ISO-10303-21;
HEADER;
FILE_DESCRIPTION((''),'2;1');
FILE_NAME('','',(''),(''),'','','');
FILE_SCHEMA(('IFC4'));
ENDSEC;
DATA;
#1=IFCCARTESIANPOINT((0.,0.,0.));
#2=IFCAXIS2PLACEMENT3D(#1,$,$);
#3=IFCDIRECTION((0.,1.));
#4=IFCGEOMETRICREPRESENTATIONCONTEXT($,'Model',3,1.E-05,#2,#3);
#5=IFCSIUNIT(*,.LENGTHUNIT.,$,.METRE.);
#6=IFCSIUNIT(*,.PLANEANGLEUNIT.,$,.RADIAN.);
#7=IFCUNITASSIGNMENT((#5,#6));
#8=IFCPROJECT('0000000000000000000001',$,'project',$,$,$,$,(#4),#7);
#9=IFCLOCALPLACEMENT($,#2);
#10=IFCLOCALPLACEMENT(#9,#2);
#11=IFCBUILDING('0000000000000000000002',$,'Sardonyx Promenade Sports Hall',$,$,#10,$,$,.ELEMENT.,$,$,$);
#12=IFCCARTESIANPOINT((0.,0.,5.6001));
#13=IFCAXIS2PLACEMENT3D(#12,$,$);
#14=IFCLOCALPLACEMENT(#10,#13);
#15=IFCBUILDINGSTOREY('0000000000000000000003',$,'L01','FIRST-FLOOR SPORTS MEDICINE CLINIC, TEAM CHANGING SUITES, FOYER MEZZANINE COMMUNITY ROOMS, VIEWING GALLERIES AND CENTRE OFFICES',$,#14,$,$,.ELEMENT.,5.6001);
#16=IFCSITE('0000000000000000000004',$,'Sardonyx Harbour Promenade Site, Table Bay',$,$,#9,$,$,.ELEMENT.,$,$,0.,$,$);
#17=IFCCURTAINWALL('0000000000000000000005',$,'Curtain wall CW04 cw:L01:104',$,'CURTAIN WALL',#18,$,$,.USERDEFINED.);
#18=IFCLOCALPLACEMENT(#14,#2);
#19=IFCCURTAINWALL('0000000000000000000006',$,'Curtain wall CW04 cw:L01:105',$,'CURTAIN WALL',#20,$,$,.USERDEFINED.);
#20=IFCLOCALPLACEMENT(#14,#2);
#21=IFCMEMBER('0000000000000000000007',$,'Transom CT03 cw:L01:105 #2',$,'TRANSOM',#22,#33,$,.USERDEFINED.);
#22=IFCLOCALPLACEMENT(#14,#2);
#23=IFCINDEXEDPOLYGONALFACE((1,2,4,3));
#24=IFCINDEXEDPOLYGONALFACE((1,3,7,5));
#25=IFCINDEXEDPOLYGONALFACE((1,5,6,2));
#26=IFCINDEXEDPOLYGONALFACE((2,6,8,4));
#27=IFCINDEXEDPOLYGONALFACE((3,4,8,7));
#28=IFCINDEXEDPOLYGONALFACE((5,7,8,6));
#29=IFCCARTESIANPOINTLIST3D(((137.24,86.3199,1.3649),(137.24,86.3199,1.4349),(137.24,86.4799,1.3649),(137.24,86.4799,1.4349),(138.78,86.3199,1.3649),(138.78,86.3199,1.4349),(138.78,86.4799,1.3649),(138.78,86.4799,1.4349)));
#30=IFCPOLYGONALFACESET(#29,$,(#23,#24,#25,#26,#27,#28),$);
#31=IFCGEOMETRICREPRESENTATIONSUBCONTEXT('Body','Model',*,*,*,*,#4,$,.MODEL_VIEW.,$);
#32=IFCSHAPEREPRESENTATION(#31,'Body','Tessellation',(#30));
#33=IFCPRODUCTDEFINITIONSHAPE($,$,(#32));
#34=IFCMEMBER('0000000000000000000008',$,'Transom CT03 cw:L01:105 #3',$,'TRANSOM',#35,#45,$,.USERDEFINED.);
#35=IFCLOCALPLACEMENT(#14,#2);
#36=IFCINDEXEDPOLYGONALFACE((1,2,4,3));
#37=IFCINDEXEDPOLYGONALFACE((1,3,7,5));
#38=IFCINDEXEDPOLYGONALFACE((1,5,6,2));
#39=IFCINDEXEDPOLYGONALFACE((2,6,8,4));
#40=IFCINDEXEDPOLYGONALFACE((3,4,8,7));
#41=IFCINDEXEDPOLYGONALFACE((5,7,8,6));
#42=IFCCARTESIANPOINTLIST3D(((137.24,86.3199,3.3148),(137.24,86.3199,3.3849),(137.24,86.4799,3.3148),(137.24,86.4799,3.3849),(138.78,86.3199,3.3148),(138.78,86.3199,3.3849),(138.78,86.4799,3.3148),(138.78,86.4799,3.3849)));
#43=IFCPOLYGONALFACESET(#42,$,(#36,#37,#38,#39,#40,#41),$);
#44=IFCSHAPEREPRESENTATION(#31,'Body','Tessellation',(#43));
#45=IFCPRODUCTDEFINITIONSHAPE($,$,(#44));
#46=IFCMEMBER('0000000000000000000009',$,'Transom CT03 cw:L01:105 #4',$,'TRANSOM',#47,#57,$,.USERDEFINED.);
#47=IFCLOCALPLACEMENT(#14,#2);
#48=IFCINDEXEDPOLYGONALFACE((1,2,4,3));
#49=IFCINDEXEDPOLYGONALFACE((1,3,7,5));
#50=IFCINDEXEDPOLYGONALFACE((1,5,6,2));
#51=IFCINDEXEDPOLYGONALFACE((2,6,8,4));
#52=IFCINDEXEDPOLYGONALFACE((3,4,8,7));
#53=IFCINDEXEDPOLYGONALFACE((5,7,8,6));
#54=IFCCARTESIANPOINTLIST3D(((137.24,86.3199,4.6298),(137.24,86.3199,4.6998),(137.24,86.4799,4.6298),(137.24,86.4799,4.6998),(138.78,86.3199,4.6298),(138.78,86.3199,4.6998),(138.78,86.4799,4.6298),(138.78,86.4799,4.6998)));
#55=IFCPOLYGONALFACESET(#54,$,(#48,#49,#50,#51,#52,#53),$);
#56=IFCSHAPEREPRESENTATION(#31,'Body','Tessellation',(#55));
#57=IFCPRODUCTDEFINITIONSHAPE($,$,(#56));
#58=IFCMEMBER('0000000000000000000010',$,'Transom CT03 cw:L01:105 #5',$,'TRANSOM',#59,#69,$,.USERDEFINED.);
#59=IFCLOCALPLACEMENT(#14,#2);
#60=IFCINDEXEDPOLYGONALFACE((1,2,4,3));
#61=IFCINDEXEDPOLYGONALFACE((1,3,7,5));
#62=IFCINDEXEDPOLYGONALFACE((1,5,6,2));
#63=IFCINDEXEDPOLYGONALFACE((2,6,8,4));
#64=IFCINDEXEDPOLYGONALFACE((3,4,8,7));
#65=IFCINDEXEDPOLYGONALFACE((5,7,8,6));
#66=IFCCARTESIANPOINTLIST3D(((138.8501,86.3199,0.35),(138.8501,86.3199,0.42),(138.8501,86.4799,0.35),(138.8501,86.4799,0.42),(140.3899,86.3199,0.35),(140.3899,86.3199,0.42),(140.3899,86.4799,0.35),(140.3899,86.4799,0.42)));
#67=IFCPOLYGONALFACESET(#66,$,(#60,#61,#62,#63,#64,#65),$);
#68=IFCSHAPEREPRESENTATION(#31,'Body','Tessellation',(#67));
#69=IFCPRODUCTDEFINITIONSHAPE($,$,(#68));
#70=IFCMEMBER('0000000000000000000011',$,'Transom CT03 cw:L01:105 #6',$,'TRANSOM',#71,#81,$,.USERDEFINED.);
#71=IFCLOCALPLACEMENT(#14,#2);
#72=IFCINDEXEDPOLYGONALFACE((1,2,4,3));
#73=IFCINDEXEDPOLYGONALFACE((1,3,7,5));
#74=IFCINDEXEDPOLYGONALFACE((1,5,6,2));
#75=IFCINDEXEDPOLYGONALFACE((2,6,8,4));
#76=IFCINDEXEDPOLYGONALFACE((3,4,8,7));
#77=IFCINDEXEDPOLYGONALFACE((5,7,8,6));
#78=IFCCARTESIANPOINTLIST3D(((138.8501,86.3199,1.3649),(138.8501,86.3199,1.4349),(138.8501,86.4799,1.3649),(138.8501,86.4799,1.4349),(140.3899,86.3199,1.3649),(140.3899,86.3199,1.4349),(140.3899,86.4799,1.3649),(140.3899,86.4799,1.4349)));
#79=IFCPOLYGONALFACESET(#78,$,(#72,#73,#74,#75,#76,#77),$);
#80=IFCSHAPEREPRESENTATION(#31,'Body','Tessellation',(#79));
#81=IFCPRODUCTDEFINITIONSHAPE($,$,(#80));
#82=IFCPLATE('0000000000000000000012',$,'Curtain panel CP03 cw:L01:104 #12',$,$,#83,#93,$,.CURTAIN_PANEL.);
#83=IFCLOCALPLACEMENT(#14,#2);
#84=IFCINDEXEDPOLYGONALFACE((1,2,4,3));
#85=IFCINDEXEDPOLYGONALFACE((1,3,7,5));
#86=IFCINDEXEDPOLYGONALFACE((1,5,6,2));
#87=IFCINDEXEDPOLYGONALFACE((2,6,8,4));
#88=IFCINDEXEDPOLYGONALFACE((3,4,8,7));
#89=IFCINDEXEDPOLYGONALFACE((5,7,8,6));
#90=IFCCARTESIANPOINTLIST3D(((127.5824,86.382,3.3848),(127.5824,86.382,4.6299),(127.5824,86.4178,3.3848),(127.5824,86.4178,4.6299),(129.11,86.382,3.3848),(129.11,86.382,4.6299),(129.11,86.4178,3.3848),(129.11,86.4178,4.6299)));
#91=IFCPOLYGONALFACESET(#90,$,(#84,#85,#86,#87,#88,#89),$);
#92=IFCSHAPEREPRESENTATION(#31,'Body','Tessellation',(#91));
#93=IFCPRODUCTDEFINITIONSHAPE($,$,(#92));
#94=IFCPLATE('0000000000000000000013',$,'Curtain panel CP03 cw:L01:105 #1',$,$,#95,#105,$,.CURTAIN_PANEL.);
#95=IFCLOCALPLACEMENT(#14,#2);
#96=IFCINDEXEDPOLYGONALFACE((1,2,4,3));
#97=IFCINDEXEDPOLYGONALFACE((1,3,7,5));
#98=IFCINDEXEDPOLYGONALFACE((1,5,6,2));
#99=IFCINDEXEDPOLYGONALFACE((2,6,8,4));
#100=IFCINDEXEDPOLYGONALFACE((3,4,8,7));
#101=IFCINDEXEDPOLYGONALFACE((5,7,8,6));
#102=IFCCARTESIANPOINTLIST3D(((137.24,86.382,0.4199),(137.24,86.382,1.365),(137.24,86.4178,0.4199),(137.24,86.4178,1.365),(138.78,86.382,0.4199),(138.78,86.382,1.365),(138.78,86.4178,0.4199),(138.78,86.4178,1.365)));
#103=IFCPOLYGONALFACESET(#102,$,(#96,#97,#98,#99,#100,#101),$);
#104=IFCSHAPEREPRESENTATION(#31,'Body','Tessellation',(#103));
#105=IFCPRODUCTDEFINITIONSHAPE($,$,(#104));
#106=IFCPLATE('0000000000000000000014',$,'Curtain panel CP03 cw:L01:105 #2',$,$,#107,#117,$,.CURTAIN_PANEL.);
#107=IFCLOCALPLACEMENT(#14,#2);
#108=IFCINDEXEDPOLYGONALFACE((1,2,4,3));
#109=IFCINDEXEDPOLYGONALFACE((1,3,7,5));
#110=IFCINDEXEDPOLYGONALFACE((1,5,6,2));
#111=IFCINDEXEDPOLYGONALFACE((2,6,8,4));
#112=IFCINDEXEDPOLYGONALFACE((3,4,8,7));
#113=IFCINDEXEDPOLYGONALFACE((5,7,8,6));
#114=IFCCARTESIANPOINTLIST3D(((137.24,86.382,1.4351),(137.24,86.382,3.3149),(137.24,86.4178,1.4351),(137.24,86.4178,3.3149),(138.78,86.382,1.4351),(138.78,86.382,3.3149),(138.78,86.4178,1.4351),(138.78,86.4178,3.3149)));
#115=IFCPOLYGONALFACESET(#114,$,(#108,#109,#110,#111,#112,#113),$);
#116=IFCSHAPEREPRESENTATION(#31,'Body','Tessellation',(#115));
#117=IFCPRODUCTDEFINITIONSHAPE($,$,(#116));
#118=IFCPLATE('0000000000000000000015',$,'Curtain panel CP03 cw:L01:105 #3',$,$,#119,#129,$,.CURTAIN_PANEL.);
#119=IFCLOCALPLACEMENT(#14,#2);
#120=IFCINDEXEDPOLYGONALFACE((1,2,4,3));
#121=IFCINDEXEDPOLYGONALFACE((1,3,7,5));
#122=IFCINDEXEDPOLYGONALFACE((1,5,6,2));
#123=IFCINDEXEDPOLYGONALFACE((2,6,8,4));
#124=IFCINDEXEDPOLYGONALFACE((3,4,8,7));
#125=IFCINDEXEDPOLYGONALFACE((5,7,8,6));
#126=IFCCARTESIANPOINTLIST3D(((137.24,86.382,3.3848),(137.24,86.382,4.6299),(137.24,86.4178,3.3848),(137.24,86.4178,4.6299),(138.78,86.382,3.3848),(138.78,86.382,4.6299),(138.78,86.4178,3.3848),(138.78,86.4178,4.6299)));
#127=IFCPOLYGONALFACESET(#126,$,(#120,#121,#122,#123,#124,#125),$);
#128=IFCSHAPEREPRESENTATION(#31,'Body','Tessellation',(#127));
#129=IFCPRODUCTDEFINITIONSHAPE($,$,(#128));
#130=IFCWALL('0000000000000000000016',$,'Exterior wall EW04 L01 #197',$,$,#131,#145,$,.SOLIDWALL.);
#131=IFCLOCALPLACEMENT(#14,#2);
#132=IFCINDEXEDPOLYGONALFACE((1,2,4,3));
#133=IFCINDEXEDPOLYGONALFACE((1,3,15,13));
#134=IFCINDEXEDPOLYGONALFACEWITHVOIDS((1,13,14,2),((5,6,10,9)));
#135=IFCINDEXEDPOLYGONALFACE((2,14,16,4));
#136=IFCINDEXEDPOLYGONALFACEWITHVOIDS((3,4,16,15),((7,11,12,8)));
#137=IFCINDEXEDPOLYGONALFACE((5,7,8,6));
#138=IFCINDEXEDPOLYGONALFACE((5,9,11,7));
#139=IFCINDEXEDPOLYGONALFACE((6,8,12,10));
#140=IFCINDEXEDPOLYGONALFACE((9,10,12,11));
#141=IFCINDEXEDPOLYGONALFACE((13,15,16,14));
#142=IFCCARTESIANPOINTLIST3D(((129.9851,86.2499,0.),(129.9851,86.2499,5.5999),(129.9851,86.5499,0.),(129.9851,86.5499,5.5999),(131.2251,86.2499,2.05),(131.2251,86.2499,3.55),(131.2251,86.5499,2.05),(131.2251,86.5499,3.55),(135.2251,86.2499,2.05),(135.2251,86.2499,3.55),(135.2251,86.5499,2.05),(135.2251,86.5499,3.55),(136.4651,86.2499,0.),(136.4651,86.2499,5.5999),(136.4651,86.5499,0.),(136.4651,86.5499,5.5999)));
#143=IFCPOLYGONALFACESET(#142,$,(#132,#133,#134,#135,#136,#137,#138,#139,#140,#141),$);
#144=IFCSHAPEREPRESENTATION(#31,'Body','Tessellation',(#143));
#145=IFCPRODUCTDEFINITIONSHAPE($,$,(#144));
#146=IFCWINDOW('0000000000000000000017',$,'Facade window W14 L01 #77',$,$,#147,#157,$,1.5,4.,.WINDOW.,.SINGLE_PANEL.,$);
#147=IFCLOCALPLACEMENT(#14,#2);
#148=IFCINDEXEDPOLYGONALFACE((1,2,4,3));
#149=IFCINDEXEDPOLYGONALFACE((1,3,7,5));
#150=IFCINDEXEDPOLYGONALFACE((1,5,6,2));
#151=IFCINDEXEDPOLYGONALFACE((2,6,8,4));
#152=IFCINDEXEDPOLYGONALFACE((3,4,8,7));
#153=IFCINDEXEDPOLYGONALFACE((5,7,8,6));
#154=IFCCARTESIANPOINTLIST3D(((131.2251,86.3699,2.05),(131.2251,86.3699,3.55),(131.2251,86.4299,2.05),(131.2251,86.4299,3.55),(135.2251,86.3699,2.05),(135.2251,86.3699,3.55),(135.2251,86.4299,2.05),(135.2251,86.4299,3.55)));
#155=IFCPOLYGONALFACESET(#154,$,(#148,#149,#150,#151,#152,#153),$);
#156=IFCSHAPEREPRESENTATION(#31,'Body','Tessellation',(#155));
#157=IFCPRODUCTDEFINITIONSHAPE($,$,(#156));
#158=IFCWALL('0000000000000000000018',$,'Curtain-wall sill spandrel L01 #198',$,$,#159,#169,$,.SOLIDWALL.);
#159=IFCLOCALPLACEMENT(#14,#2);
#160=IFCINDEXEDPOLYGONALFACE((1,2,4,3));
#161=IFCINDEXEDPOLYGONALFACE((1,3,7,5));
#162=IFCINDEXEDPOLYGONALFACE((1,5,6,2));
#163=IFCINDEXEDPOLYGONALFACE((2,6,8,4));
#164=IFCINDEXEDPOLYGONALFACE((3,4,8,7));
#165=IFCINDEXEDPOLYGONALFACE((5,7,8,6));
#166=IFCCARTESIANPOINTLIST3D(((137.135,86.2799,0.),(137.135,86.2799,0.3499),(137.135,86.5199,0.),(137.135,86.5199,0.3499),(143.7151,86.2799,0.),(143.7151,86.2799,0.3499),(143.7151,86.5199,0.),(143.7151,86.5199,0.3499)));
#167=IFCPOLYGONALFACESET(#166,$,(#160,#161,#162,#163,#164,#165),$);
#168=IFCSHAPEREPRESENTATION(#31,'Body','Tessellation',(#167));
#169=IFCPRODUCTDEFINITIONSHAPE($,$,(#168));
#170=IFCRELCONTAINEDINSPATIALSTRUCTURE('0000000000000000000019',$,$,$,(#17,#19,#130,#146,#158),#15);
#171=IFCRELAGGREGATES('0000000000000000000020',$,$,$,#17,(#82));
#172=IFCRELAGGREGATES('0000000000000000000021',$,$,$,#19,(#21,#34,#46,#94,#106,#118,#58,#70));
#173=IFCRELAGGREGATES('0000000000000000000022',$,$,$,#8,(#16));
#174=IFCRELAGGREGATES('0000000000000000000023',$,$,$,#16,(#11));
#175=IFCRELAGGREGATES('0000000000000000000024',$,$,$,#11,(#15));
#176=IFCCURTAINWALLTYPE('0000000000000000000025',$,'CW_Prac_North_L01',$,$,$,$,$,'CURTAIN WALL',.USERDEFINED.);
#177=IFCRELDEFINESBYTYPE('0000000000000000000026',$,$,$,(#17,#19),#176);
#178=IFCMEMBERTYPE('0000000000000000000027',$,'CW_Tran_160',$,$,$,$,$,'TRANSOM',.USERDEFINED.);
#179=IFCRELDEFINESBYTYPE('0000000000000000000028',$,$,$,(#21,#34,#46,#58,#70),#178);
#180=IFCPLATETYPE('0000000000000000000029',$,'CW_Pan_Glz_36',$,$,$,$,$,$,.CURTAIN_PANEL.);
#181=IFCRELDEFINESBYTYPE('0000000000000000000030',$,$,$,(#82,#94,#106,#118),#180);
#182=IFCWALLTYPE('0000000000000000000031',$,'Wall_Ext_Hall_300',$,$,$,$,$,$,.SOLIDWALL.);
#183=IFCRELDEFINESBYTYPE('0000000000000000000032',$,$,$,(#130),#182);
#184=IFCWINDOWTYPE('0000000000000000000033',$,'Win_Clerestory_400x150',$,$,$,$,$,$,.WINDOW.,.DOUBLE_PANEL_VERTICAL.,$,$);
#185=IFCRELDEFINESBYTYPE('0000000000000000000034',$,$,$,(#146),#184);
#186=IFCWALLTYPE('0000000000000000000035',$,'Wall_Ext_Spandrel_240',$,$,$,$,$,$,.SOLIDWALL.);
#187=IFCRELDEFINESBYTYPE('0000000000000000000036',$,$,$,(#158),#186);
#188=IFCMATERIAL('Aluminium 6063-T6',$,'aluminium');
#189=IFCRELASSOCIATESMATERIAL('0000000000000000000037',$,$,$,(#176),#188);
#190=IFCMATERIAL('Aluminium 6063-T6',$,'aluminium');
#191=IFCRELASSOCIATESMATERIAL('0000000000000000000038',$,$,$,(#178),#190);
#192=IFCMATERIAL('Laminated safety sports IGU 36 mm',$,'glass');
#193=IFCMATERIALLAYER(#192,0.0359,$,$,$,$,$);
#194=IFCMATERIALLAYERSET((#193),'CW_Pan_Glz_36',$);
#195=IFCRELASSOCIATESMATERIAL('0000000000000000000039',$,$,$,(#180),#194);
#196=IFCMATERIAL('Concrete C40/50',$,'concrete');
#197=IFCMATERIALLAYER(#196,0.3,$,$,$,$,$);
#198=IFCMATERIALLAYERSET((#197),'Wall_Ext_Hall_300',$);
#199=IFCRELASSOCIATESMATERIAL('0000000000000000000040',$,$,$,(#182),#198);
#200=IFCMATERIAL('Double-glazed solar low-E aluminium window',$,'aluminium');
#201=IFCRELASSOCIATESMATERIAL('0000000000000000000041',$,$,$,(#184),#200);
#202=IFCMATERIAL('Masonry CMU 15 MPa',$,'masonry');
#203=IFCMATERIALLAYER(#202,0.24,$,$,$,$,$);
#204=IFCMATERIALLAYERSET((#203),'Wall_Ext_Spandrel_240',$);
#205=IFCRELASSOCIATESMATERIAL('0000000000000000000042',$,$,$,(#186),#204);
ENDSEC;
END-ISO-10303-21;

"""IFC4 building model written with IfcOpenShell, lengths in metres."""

from ifc_helpers import new_model, si_unit, direction, frame, frame_2d, origin, origin_2d, place, context, subcontext, project, spatial, rectangle, extrude, material, layer, layer_set, material_profile, profile_set, type_object, element, fill, aggregate, save


model = new_model("IFC4")

# Units and contexts
model_context = context("Model", 3, precision=1e-05, world=origin(), true_north=direction((0.0, 1.0)))
body_context = subcontext(model_context, "Body", "Model", "MODEL_VIEW")
ifc_project = project(units=[si_unit("LENGTHUNIT", "METRE"), si_unit("PLANEANGLEUNIT", "RADIAN")], contexts=[model_context])

# Site, building, storey
site_placement = place(None, origin())
site = spatial("IfcSite", under=ifc_project, at=site_placement, Name="Sardonyx Harbour Promenade Site, Table Bay", CompositionType="ELEMENT", RefElevation=0.0)
building_placement = place(site_placement, origin())
building = spatial("IfcBuilding", under=site, at=building_placement, Name="Sardonyx Promenade Sports Hall", CompositionType="ELEMENT")
storey_placement = place(building_placement, frame((0.0, 0.0, 5.6001)))
storey = spatial("IfcBuildingStorey", under=building, at=storey_placement, Name="L01", Description="FIRST-FLOOR SPORTS MEDICINE CLINIC, TEAM CHANGING SUITES, FOYER MEZZANINE COMMUNITY ROOMS, VIEWING GALLERIES AND CENTRE OFFICES", CompositionType="ELEMENT", Elevation=5.6001)

# Curtain wall
ifc_material_1 = material(Name="Aluminium 6063-T6", Category="aluminium")
curtain_wall_type = type_object("IfcCurtainWallType", Name="CW_Prac_North_L01", ElementType="CURTAIN WALL", PredefinedType="USERDEFINED", material=ifc_material_1)
curtain_wall_1_placement = place(storey_placement, origin())
curtain_wall_1 = element("IfcCurtainWall", 1, at=curtain_wall_1_placement, inside=storey, type_object=curtain_wall_type, Name="Curtain wall CW04 cw:L01:104", ObjectType="CURTAIN WALL", PredefinedType="USERDEFINED")

# Curtain wall, members
curtain_wall_2_placement = place(storey_placement, origin())
curtain_wall_2 = element("IfcCurtainWall", 2, at=curtain_wall_2_placement, inside=storey, type_object=curtain_wall_type, Name="Curtain wall CW04 cw:L01:105", ObjectType="CURTAIN WALL", PredefinedType="USERDEFINED")
ifc_material_2 = material(Name="Aluminium 6063-T6", Category="aluminium")
ifc_material_profile_1 = material_profile(ifc_material_2, rectangle(XDim=0.0701, YDim=0.1599, at=origin_2d()))
ifc_profile_set_1 = profile_set([ifc_material_profile_1], Name="Aluminium 6063-T6")
member_type_1 = type_object("IfcMemberType", Name="CW_Tran_160", ElementType="TRANSOM", PredefinedType="USERDEFINED", material=ifc_profile_set_1)
member_1_placement = place(storey_placement, frame((137.24, 86.3999, 1.3999), z_axis=(1.0, 0.0, 0.0), x_axis=(0.0, 0.0, 1.0)))
member_1 = element("IfcMember", 3, at=member_1_placement, type_object=member_type_1, Name="Transom CT03 cw:L01:105 #2", ObjectType="TRANSOM", PredefinedType="USERDEFINED", context=body_context, shape_type="SweptSolid", body=[
    extrude(rectangle(XDim=0.0701, YDim=0.1599, at=origin_2d()), origin(), (0.0, 0.0, 1.0), 1.54),
])
member_2_placement = place(storey_placement, frame((137.24, 86.3999, 3.3499), z_axis=(1.0, 0.0, 0.0), x_axis=(0.0, 0.0, 1.0)))
member_2 = element("IfcMember", 4, at=member_2_placement, type_object=member_type_1, Name="Transom CT03 cw:L01:105 #3", ObjectType="TRANSOM", PredefinedType="USERDEFINED", context=body_context, shape_type="SweptSolid", body=[
    extrude(rectangle(XDim=0.0701, YDim=0.1599, at=origin_2d()), origin(), (0.0, 0.0, 1.0), 1.54),
])
member_3_placement = place(storey_placement, frame((137.24, 86.3999, 4.6648), z_axis=(1.0, 0.0, 0.0), x_axis=(0.0, 0.0, 1.0)))
member_3 = element("IfcMember", 5, at=member_3_placement, type_object=member_type_1, Name="Transom CT03 cw:L01:105 #4", ObjectType="TRANSOM", PredefinedType="USERDEFINED", context=body_context, shape_type="SweptSolid", body=[
    extrude(rectangle(XDim=0.0701, YDim=0.1599, at=origin_2d()), origin(), (0.0, 0.0, 1.0), 1.54),
])
member_4_placement = place(storey_placement, frame((138.8501, 86.3999, 0.385), z_axis=(1.0, 0.0, 0.0), x_axis=(0.0, 0.0, 1.0)))
member_4 = element("IfcMember", 6, at=member_4_placement, type_object=member_type_1, Name="Transom CT03 cw:L01:105 #5", ObjectType="TRANSOM", PredefinedType="USERDEFINED", context=body_context, shape_type="SweptSolid", body=[
    extrude(rectangle(XDim=0.0701, YDim=0.1599, at=origin_2d()), origin(), (0.0, 0.0, 1.0), 1.5398),
])
member_5_placement = place(storey_placement, frame((138.8501, 86.3999, 1.3999), z_axis=(1.0, 0.0, 0.0), x_axis=(0.0, 0.0, 1.0)))
member_5 = element("IfcMember", 7, at=member_5_placement, type_object=member_type_1, Name="Transom CT03 cw:L01:105 #6", ObjectType="TRANSOM", PredefinedType="USERDEFINED", context=body_context, shape_type="SweptSolid", body=[
    extrude(rectangle(XDim=0.0701, YDim=0.1599, at=origin_2d()), origin(), (0.0, 0.0, 1.0), 1.5398),
])

# Plates
ifc_material_3 = material(Name="Laminated safety sports IGU 36 mm", Category="glass")
ifc_layer_1 = layer(ifc_material_3, 0.0359)
ifc_layer_set_1 = layer_set([ifc_layer_1], Name="CW_Pan_Glz_36")
plate_type = type_object("IfcPlateType", Name="CW_Pan_Glz_36", PredefinedType="CURTAIN_PANEL", material=ifc_layer_set_1)
plate_1_placement = place(storey_placement, frame((128.3462, 86.3999, 3.3848), z_axis=(0.0, 0.0, 1.0), x_axis=(1.0, 0.0, 0.0)))
plate_1 = element("IfcPlate", 8, at=plate_1_placement, type_object=plate_type, Name="Curtain panel CP03 cw:L01:104 #12", PredefinedType="CURTAIN_PANEL", context=body_context, shape_type="SweptSolid", body=[
    extrude(rectangle(XDim=1.5276, YDim=0.0359, at=origin_2d()), origin(), (0.0, 0.0, 1.0), 1.2451),
])
aggregate(curtain_wall_1, [plate_1])
plate_2_placement = place(storey_placement, frame((138.01, 86.3999, 0.4199), z_axis=(0.0, 0.0, 1.0), x_axis=(1.0, 0.0, 0.0)))
plate_2 = element("IfcPlate", 9, at=plate_2_placement, type_object=plate_type, Name="Curtain panel CP03 cw:L01:105 #1", PredefinedType="CURTAIN_PANEL", context=body_context, shape_type="SweptSolid", body=[
    extrude(rectangle(XDim=1.54, YDim=0.0359, at=origin_2d()), origin(), (0.0, 0.0, 1.0), 0.9451),
])
plate_3_placement = place(storey_placement, frame((138.01, 86.3999, 1.4351), z_axis=(0.0, 0.0, 1.0), x_axis=(1.0, 0.0, 0.0)))
plate_3 = element("IfcPlate", 10, at=plate_3_placement, type_object=plate_type, Name="Curtain panel CP03 cw:L01:105 #2", PredefinedType="CURTAIN_PANEL", context=body_context, shape_type="SweptSolid", body=[
    extrude(rectangle(XDim=1.54, YDim=0.0359, at=origin_2d()), origin(), (0.0, 0.0, 1.0), 1.8799),
])
plate_4_placement = place(storey_placement, frame((138.01, 86.3999, 3.3848), z_axis=(0.0, 0.0, 1.0), x_axis=(1.0, 0.0, 0.0)))
plate_4 = element("IfcPlate", 11, at=plate_4_placement, type_object=plate_type, Name="Curtain panel CP03 cw:L01:105 #3", PredefinedType="CURTAIN_PANEL", context=body_context, shape_type="SweptSolid", body=[
    extrude(rectangle(XDim=1.54, YDim=0.0359, at=origin_2d()), origin(), (0.0, 0.0, 1.0), 1.2451),
])
aggregate(curtain_wall_2, [member_1, member_2, member_3, plate_2, plate_3, plate_4, member_4, member_5])

# Wall, opening, window
ifc_material_4 = material(Name="Concrete C40/50", Category="concrete")
ifc_layer_2 = layer(ifc_material_4, 0.3)
ifc_layer_set_2 = layer_set([ifc_layer_2], Name="Wall_Ext_Hall_300")
wall_type_1 = type_object("IfcWallType", Name="Wall_Ext_Hall_300", PredefinedType="SOLIDWALL", material=ifc_layer_set_2)
wall_1_placement = place(storey_placement, frame((129.9851, 86.3999, 0.0), z_axis=(0.0, 0.0, 1.0), x_axis=(1.0, 0.0, 0.0)))
wall_1 = element("IfcWall", 12, at=wall_1_placement, inside=storey, type_object=wall_type_1, Name="Exterior wall EW04 L01 #197", PredefinedType="SOLIDWALL", context=body_context, shape_type="SweptSolid", body=[
    extrude(rectangle(XDim=6.48, YDim=0.3, at=frame_2d((3.24, 0.0))), origin(), (0.0, 0.0, 1.0), 5.5999),
])
opening_1_placement = place(wall_1_placement, frame((1.24, 0.0, 2.05)))
opening_1 = element("IfcOpeningElement", 13, at=opening_1_placement, cuts=wall_1, PredefinedType="OPENING", context=body_context, shape_type="SweptSolid", body=[
    extrude(rectangle(XDim=4.0, YDim=1.5, at=frame_2d((2.0, 0.75))), frame((0.0, 0.16, 0.0), z_axis=(0.0, -1.0, 0.0), x_axis=(1.0, 0.0, 0.0)), (0.0, 0.0, 1.0), 0.32),
])
ifc_material_5 = material(Name="Double-glazed solar low-E aluminium window", Category="aluminium")
window_type_1 = type_object("IfcWindowType", Name="Win_Clerestory_400x150", PartitioningType="DOUBLE_PANEL_VERTICAL", PredefinedType="WINDOW", material=ifc_material_5)
window_1_placement = place(opening_1_placement, origin())
window_1 = element("IfcWindow", 14, at=window_1_placement, inside=storey, type_object=window_type_1, Name="Facade window W14 L01 #77", OverallHeight=1.5, OverallWidth=4.0, PartitioningType="SINGLE_PANEL", PredefinedType="WINDOW", context=body_context, shape_type="SweptSolid", body=[
    extrude(rectangle(XDim=4.0, YDim=1.5, at=frame_2d((2.0, 0.75))), frame((0.0, 0.03, 0.0), z_axis=(0.0, -1.0, 0.0), x_axis=(1.0, 0.0, 0.0)), (0.0, 0.0, 1.0), 0.0601),
])
fill(opening_1, window_1)

# Wall
ifc_material_6 = material(Name="Masonry CMU 15 MPa", Category="masonry")
ifc_layer_3 = layer(ifc_material_6, 0.24)
ifc_layer_set_3 = layer_set([ifc_layer_3], Name="Wall_Ext_Spandrel_240")
wall_type_2 = type_object("IfcWallType", Name="Wall_Ext_Spandrel_240", PredefinedType="SOLIDWALL", material=ifc_layer_set_3)
wall_2_placement = place(storey_placement, frame((137.135, 86.3999, 0.0), z_axis=(0.0, 0.0, 1.0), x_axis=(1.0, 0.0, 0.0)))
element("IfcWall", 15, at=wall_2_placement, inside=storey, type_object=wall_type_2, Name="Curtain-wall sill spandrel L01 #198", PredefinedType="SOLIDWALL", context=body_context, shape_type="SweptSolid", body=[
    extrude(rectangle(XDim=6.5801, YDim=0.24, at=frame_2d((3.29, 0.0))), origin(), (0.0, 0.0, 1.0), 0.3499),
])

save(model, "model.ifc")
